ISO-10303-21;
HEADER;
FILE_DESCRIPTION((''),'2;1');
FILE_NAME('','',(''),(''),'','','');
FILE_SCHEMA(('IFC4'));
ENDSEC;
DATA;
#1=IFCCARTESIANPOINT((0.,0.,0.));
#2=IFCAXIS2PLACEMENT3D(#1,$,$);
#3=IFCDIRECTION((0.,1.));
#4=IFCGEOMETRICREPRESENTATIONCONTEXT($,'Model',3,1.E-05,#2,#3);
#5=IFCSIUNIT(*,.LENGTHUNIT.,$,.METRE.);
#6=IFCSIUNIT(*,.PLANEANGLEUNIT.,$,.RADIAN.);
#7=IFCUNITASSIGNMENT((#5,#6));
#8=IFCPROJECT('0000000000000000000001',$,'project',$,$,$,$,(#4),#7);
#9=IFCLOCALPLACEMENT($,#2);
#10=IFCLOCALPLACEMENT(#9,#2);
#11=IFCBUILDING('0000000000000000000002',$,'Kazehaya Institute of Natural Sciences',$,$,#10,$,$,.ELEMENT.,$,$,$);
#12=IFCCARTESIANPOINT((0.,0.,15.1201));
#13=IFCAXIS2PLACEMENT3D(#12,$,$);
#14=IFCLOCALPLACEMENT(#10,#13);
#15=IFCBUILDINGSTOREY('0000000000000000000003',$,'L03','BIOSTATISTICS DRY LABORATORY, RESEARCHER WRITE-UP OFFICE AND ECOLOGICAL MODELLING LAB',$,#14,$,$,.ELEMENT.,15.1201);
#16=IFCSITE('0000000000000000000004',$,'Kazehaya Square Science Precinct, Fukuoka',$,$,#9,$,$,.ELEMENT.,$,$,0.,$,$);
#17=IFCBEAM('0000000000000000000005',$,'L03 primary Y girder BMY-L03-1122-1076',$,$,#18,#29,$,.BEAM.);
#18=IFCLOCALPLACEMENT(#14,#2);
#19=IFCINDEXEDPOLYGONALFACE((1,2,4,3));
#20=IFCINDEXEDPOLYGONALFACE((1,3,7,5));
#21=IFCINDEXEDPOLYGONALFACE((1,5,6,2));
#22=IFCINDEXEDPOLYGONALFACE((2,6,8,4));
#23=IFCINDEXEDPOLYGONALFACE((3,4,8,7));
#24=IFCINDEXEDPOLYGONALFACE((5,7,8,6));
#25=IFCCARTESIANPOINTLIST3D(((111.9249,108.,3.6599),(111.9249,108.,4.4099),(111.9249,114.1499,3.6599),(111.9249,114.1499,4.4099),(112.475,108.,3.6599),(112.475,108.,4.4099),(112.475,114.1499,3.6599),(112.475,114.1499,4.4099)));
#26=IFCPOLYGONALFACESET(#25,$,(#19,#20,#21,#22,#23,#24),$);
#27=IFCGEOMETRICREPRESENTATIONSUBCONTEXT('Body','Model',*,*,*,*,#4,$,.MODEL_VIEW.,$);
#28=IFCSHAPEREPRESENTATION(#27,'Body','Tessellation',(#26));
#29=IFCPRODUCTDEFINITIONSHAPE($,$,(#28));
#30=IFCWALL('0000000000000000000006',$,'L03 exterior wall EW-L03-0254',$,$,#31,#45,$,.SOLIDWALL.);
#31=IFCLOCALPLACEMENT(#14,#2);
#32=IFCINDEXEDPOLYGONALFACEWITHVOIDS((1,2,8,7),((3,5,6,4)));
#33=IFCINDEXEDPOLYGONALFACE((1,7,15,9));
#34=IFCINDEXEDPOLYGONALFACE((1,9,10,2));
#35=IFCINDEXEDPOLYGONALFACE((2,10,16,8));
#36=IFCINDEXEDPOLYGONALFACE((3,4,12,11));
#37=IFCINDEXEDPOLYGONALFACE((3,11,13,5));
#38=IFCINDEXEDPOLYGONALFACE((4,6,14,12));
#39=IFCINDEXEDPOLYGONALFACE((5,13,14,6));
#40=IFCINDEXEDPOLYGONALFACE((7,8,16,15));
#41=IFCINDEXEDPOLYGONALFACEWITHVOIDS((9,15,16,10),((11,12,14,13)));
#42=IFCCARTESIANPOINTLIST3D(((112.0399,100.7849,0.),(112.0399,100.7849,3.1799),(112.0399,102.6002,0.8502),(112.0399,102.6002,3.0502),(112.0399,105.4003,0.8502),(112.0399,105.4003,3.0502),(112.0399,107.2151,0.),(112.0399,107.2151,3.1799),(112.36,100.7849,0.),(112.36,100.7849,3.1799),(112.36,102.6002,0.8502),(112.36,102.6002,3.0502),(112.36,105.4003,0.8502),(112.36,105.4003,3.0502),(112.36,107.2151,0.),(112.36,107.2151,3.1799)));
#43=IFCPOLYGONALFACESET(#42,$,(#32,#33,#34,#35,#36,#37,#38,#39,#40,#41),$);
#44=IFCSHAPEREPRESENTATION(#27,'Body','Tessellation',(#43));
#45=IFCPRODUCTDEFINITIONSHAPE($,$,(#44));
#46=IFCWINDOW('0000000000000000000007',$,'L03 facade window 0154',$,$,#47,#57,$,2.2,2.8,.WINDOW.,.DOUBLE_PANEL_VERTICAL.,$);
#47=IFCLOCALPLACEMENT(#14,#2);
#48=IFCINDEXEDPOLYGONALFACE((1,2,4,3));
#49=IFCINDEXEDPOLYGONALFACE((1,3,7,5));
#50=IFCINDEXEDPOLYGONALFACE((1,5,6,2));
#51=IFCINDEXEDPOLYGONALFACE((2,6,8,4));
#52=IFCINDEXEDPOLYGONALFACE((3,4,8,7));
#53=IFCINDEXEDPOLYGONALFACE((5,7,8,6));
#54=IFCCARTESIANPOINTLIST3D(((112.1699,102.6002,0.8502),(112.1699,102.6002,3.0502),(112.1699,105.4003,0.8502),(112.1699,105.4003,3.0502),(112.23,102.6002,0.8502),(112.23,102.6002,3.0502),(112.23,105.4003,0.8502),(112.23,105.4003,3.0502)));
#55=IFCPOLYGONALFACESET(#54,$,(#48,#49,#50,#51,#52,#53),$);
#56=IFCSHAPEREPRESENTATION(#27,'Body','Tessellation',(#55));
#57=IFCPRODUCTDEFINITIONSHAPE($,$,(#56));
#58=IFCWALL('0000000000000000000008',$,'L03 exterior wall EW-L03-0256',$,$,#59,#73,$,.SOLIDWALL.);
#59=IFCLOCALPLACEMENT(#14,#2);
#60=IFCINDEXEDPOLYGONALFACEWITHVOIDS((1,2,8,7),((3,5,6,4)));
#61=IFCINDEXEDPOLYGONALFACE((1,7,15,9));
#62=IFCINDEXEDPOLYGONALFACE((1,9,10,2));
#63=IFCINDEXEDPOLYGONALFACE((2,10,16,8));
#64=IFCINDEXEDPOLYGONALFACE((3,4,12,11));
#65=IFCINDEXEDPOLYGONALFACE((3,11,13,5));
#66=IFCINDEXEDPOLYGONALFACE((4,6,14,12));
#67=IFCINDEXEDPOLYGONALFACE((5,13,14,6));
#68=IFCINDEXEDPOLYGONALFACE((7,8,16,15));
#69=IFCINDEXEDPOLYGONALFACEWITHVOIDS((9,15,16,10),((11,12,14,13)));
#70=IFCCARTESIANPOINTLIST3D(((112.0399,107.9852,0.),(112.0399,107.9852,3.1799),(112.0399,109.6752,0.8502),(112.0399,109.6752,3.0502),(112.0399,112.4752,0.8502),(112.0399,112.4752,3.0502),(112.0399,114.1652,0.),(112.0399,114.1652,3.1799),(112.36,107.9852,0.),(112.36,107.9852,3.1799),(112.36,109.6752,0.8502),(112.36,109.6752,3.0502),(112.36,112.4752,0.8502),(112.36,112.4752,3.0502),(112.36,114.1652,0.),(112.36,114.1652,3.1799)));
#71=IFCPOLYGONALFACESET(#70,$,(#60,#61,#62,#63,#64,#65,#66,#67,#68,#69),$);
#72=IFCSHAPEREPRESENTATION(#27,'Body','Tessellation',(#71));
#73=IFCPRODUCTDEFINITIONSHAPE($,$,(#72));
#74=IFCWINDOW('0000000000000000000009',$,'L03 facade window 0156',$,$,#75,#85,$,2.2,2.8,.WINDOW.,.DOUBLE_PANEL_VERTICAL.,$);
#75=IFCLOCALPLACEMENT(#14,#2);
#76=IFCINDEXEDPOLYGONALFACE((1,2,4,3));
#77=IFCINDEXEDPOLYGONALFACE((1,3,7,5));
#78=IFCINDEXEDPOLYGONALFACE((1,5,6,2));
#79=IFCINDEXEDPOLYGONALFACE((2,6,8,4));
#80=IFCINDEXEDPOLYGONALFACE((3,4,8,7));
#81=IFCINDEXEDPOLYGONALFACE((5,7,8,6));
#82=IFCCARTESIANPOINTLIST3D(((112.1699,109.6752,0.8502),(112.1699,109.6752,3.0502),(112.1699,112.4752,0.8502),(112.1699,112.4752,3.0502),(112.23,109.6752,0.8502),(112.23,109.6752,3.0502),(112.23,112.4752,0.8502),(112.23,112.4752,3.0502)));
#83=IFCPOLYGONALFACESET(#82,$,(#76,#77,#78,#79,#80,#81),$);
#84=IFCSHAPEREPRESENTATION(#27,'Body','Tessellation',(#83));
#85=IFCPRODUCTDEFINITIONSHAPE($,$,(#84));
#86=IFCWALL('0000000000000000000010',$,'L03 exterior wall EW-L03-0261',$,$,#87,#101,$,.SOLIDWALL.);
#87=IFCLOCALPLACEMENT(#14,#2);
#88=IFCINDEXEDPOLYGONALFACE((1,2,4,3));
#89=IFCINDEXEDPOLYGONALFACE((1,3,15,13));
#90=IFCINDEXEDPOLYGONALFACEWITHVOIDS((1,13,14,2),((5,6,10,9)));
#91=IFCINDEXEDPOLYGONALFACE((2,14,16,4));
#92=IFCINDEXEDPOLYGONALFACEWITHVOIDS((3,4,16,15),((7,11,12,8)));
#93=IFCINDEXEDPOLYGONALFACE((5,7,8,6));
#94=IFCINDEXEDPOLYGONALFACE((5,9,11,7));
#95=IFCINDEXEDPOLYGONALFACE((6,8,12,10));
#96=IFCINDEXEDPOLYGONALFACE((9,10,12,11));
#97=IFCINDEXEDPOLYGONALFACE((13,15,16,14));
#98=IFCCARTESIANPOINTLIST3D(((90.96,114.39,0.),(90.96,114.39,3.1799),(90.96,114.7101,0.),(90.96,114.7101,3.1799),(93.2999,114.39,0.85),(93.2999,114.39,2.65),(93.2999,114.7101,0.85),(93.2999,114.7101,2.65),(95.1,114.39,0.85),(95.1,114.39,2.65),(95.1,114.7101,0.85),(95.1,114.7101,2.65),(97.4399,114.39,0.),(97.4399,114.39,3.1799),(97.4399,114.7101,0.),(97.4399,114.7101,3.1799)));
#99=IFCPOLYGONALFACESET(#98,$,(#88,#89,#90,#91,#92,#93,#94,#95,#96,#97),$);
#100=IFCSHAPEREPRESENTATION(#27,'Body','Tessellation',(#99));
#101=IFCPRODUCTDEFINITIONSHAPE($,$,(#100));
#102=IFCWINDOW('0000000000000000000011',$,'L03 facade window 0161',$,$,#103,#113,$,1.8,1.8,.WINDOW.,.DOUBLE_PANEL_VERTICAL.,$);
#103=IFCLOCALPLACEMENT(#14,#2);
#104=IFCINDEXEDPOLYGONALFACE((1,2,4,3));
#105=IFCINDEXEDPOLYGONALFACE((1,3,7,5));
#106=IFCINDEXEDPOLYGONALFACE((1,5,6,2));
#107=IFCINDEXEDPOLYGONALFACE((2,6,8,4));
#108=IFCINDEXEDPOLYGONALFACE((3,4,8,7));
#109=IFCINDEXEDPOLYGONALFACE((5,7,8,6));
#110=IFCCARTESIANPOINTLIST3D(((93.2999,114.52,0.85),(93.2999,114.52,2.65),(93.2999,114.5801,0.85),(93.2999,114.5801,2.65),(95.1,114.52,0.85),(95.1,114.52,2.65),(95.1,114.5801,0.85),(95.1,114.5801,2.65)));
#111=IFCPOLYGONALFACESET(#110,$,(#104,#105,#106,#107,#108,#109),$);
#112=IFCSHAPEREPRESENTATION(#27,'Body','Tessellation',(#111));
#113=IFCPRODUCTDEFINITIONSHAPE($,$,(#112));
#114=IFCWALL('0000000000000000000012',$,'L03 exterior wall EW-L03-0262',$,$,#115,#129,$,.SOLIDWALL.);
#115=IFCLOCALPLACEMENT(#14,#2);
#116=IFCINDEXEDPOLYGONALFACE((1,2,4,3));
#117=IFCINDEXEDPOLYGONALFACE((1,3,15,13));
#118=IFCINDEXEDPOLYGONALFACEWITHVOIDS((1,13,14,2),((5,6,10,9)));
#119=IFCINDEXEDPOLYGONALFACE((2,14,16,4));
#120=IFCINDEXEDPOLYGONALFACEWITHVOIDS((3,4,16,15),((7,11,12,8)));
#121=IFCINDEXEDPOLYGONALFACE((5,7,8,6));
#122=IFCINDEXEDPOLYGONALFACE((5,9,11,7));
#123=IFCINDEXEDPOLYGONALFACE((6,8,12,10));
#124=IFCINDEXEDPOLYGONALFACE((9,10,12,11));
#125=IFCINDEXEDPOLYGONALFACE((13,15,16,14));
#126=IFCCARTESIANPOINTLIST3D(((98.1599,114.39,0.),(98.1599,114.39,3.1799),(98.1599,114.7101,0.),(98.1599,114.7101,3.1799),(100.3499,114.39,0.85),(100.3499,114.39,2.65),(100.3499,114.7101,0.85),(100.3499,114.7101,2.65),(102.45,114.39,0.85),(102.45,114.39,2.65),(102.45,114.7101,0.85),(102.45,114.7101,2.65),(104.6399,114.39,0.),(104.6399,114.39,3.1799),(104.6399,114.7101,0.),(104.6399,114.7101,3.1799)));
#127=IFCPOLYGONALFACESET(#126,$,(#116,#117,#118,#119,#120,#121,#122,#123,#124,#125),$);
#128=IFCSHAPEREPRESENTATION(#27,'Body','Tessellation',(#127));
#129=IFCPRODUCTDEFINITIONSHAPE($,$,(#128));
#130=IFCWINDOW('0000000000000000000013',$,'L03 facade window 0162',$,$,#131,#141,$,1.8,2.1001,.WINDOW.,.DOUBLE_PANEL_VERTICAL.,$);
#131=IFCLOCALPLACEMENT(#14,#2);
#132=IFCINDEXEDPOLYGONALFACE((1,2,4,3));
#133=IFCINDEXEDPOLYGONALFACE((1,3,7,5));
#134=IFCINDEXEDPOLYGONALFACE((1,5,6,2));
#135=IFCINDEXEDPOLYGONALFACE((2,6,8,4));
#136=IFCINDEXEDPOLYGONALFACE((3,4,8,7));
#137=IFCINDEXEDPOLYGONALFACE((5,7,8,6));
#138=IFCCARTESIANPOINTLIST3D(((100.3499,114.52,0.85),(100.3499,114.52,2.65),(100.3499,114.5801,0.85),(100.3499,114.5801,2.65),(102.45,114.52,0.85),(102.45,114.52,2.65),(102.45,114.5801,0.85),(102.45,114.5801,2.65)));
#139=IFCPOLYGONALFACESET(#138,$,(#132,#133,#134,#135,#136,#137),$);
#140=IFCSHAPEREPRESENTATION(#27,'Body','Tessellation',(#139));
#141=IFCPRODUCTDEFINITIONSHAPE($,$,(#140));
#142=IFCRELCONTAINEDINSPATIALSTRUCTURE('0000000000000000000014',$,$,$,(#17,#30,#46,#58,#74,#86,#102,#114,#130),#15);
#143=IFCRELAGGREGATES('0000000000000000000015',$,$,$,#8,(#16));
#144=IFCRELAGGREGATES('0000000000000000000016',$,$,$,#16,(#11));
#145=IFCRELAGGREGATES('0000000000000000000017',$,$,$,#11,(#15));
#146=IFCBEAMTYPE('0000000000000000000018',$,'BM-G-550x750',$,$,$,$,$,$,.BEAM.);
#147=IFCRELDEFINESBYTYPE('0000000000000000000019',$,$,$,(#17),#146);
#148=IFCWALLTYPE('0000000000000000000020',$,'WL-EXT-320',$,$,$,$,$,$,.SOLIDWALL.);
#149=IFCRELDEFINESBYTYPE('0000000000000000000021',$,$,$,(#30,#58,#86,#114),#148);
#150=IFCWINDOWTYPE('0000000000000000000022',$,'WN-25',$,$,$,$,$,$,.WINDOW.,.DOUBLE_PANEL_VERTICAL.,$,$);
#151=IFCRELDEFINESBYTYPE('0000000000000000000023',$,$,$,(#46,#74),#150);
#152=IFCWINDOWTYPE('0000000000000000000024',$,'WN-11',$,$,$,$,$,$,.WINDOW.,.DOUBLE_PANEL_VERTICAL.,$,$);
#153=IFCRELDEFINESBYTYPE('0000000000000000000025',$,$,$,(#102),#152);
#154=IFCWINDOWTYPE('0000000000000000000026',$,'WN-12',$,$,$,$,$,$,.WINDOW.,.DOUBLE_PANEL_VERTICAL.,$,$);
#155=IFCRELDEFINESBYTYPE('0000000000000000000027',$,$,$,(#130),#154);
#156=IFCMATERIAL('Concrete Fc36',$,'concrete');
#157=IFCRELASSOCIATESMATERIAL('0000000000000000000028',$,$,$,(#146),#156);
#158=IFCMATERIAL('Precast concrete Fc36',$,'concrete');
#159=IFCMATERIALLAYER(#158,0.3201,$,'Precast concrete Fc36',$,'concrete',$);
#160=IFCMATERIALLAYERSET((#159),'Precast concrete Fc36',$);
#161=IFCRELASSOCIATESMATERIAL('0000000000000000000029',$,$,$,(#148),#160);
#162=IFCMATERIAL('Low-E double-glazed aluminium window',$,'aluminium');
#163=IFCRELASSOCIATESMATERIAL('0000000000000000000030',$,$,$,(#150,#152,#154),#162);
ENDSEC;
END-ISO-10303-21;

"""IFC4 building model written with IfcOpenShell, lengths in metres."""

from ifc_helpers import new_model, si_unit, direction, frame, frame_2d, origin, origin_2d, place, context, subcontext, project, spatial, rectangle, extrude, material, layer, layer_set, material_profile, profile_set, type_object, element, fill, save


model = new_model("IFC4")

# Units and contexts
model_context = context("Model", 3, precision=1e-05, world=origin(), true_north=direction((0.0, 1.0)))
body_context = subcontext(model_context, "Body", "Model", "MODEL_VIEW")
ifc_project = project(units=[si_unit("LENGTHUNIT", "METRE"), si_unit("PLANEANGLEUNIT", "RADIAN")], contexts=[model_context])

# Site, building, storey
site_placement = place(None, origin())
site = spatial("IfcSite", under=ifc_project, at=site_placement, Name="Kazehaya Square Science Precinct, Fukuoka", CompositionType="ELEMENT", RefElevation=0.0)
building_placement = place(site_placement, origin())
building = spatial("IfcBuilding", under=site, at=building_placement, Name="Kazehaya Institute of Natural Sciences", CompositionType="ELEMENT")
storey_placement = place(building_placement, frame((0.0, 0.0, 15.1201)))
storey = spatial("IfcBuildingStorey", under=building, at=storey_placement, Name="L03", Description="BIOSTATISTICS DRY LABORATORY, RESEARCHER WRITE-UP OFFICE AND ECOLOGICAL MODELLING LAB", CompositionType="ELEMENT", Elevation=15.1201)

# Beam
ifc_material_1 = material(Name="Concrete Fc36", Category="concrete")
ifc_material_profile_1 = material_profile(ifc_material_1, rectangle(XDim=0.55, YDim=0.75, at=origin_2d()), Name="RC-550x750")
ifc_profile_set_1 = profile_set([ifc_material_profile_1], Name="Concrete Fc36")
beam_type = type_object("IfcBeamType", Name="BM-G-550x750", PredefinedType="BEAM", material=ifc_profile_set_1)
beam_1_placement = place(storey_placement, frame((112.2, 108.0, 4.0349), z_axis=(0.0, 1.0, 0.0), x_axis=(-1.0, 0.0, 0.0)))
element("IfcBeam", 1, at=beam_1_placement, inside=storey, type_object=beam_type, Name="L03 primary Y girder BMY-L03-1122-1076", PredefinedType="BEAM", context=body_context, shape_type="SweptSolid", body=[
    extrude(rectangle(XDim=0.55, YDim=0.75, at=origin_2d()), origin(), (0.0, 0.0, 1.0), 6.1499),
])

# Walls, openings, windows
ifc_material_2 = material(Name="Precast concrete Fc36", Category="concrete")
ifc_layer_1 = layer(ifc_material_2, 0.3201, Name="Precast concrete Fc36", Category="concrete")
ifc_layer_set_1 = layer_set([ifc_layer_1], Name="Precast concrete Fc36")
wall_type_1 = type_object("IfcWallType", Name="WL-EXT-320", PredefinedType="SOLIDWALL", material=ifc_layer_set_1)
wall_1_placement = place(storey_placement, frame((112.2, 107.2151, 0.0), z_axis=(0.0, 0.0, 1.0), x_axis=(0.0, -1.0, 0.0)))
wall_1 = element("IfcWall", 2, at=wall_1_placement, inside=storey, type_object=wall_type_1, Name="L03 exterior wall EW-L03-0254", PredefinedType="SOLIDWALL", context=body_context, shape_type="SweptSolid", body=[
    extrude(rectangle(XDim=6.4302, YDim=0.3201, at=frame_2d((3.2151, 0.0))), origin(), (0.0, 0.0, 1.0), 3.1799),
])
opening_1_placement = place(wall_1_placement, frame((1.8149, 0.0, 0.8501)))
opening_1 = element("IfcOpeningElement", 3, at=opening_1_placement, cuts=wall_1, PredefinedType="OPENING", context=body_context, shape_type="SweptSolid", body=[
    extrude(rectangle(XDim=2.8, YDim=2.2, at=frame_2d((1.3999, 1.1001))), frame((0.0, 0.1699, 0.0), z_axis=(0.0, -1.0, 0.0), x_axis=(1.0, 0.0, 0.0)), (0.0, 0.0, 1.0), 0.3401),
])
ifc_material_3 = material(Name="Low-E double-glazed aluminium window", Category="aluminium")
window_type_1 = type_object("IfcWindowType", Name="WN-25", PartitioningType="DOUBLE_PANEL_VERTICAL", PredefinedType="WINDOW", material=ifc_material_3)
window_1_placement = place(opening_1_placement, origin())
window_1 = element("IfcWindow", 4, at=window_1_placement, inside=storey, type_object=window_type_1, Name="L03 facade window 0154", OverallHeight=2.2, OverallWidth=2.8, PartitioningType="DOUBLE_PANEL_VERTICAL", PredefinedType="WINDOW", context=body_context, shape_type="SweptSolid", body=[
    extrude(rectangle(XDim=2.8, YDim=2.2, at=frame_2d((1.3999, 1.1001))), frame((0.0, 0.03, 0.0), z_axis=(0.0, -1.0, 0.0), x_axis=(1.0, 0.0, 0.0)), (0.0, 0.0, 1.0), 0.0601),
])
fill(opening_1, window_1)
wall_2_placement = place(storey_placement, frame((112.2, 114.165, 0.0), z_axis=(0.0, 0.0, 1.0), x_axis=(0.0, -1.0, 0.0)))
wall_2 = element("IfcWall", 5, at=wall_2_placement, inside=storey, type_object=wall_type_1, Name="L03 exterior wall EW-L03-0256", PredefinedType="SOLIDWALL", context=body_context, shape_type="SweptSolid", body=[
    extrude(rectangle(XDim=6.1799, YDim=0.3201, at=frame_2d((3.0898, 0.0))), origin(), (0.0, 0.0, 1.0), 3.1799),
])
opening_2_placement = place(wall_2_placement, frame((1.6899, 0.0, 0.8501)))
opening_2 = element("IfcOpeningElement", 6, at=opening_2_placement, cuts=wall_2, PredefinedType="OPENING", context=body_context, shape_type="SweptSolid", body=[
    extrude(rectangle(XDim=2.8, YDim=2.2, at=frame_2d((1.3999, 1.1001))), frame((0.0, 0.1699, 0.0), z_axis=(0.0, -1.0, 0.0), x_axis=(1.0, 0.0, 0.0)), (0.0, 0.0, 1.0), 0.3401),
])
window_2_placement = place(opening_2_placement, origin())
window_2 = element("IfcWindow", 7, at=window_2_placement, inside=storey, type_object=window_type_1, Name="L03 facade window 0156", OverallHeight=2.2, OverallWidth=2.8, PartitioningType="DOUBLE_PANEL_VERTICAL", PredefinedType="WINDOW", context=body_context, shape_type="SweptSolid", body=[
    extrude(rectangle(XDim=2.8, YDim=2.2, at=frame_2d((1.3999, 1.1001))), frame((0.0, 0.03, 0.0), z_axis=(0.0, -1.0, 0.0), x_axis=(1.0, 0.0, 0.0)), (0.0, 0.0, 1.0), 0.0601),
])
fill(opening_2, window_2)
wall_3_placement = place(storey_placement, frame((90.96, 114.55, 0.0), z_axis=(0.0, 0.0, 1.0), x_axis=(1.0, 0.0, 0.0)))
wall_3 = element("IfcWall", 8, at=wall_3_placement, inside=storey, type_object=wall_type_1, Name="L03 exterior wall EW-L03-0261", PredefinedType="SOLIDWALL", context=body_context, shape_type="SweptSolid", body=[
    extrude(rectangle(XDim=6.48, YDim=0.3201, at=frame_2d((3.24, 0.0))), origin(), (0.0, 0.0, 1.0), 3.1799),
])
opening_3_placement = place(wall_3_placement, frame((2.3401, 0.0, 0.8501)))
opening_3 = element("IfcOpeningElement", 9, at=opening_3_placement, cuts=wall_3, PredefinedType="OPENING", context=body_context, shape_type="SweptSolid", body=[
    extrude(rectangle(XDim=1.8, YDim=1.8, at=frame_2d((0.8999, 0.8999))), frame((0.0, 0.1699, 0.0), z_axis=(0.0, -1.0, 0.0), x_axis=(1.0, 0.0, 0.0)), (0.0, 0.0, 1.0), 0.3401),
])
window_type_2 = type_object("IfcWindowType", Name="WN-11", PartitioningType="DOUBLE_PANEL_VERTICAL", PredefinedType="WINDOW", material=ifc_material_3)
window_3_placement = place(opening_3_placement, origin())
window_3 = element("IfcWindow", 10, at=window_3_placement, inside=storey, type_object=window_type_2, Name="L03 facade window 0161", OverallHeight=1.8, OverallWidth=1.8, PartitioningType="DOUBLE_PANEL_VERTICAL", PredefinedType="WINDOW", context=body_context, shape_type="SweptSolid", body=[
    extrude(rectangle(XDim=1.8, YDim=1.8, at=frame_2d((0.8999, 0.8999))), frame((0.0, 0.03, 0.0), z_axis=(0.0, -1.0, 0.0), x_axis=(1.0, 0.0, 0.0)), (0.0, 0.0, 1.0), 0.0601),
])
fill(opening_3, window_3)
wall_4_placement = place(storey_placement, frame((98.1599, 114.55, 0.0), z_axis=(0.0, 0.0, 1.0), x_axis=(1.0, 0.0, 0.0)))
wall_4 = element("IfcWall", 11, at=wall_4_placement, inside=storey, type_object=wall_type_1, Name="L03 exterior wall EW-L03-0262", PredefinedType="SOLIDWALL", context=body_context, shape_type="SweptSolid", body=[
    extrude(rectangle(XDim=6.48, YDim=0.3201, at=frame_2d((3.24, 0.0))), origin(), (0.0, 0.0, 1.0), 3.1799),
])
opening_4_placement = place(wall_4_placement, frame((2.1899, 0.0, 0.8501)))
opening_4 = element("IfcOpeningElement", 12, at=opening_4_placement, cuts=wall_4, PredefinedType="OPENING", context=body_context, shape_type="SweptSolid", body=[
    extrude(rectangle(XDim=2.1001, YDim=1.8, at=frame_2d((1.05, 0.8999))), frame((0.0, 0.1699, 0.0), z_axis=(0.0, -1.0, 0.0), x_axis=(1.0, 0.0, 0.0)), (0.0, 0.0, 1.0), 0.3401),
])
window_type_3 = type_object("IfcWindowType", Name="WN-12", PartitioningType="DOUBLE_PANEL_VERTICAL", PredefinedType="WINDOW", material=ifc_material_3)
window_4_placement = place(opening_4_placement, origin())
window_4 = element("IfcWindow", 13, at=window_4_placement, inside=storey, type_object=window_type_3, Name="L03 facade window 0162", OverallHeight=1.8, OverallWidth=2.1001, PartitioningType="DOUBLE_PANEL_VERTICAL", PredefinedType="WINDOW", context=body_context, shape_type="SweptSolid", body=[
    extrude(rectangle(XDim=2.1001, YDim=1.8, at=frame_2d((1.05, 0.8999))), frame((0.0, 0.03, 0.0), z_axis=(0.0, -1.0, 0.0), x_axis=(1.0, 0.0, 0.0)), (0.0, 0.0, 1.0), 0.0601),
])
fill(opening_4, window_4)

save(model, "model.ifc")
